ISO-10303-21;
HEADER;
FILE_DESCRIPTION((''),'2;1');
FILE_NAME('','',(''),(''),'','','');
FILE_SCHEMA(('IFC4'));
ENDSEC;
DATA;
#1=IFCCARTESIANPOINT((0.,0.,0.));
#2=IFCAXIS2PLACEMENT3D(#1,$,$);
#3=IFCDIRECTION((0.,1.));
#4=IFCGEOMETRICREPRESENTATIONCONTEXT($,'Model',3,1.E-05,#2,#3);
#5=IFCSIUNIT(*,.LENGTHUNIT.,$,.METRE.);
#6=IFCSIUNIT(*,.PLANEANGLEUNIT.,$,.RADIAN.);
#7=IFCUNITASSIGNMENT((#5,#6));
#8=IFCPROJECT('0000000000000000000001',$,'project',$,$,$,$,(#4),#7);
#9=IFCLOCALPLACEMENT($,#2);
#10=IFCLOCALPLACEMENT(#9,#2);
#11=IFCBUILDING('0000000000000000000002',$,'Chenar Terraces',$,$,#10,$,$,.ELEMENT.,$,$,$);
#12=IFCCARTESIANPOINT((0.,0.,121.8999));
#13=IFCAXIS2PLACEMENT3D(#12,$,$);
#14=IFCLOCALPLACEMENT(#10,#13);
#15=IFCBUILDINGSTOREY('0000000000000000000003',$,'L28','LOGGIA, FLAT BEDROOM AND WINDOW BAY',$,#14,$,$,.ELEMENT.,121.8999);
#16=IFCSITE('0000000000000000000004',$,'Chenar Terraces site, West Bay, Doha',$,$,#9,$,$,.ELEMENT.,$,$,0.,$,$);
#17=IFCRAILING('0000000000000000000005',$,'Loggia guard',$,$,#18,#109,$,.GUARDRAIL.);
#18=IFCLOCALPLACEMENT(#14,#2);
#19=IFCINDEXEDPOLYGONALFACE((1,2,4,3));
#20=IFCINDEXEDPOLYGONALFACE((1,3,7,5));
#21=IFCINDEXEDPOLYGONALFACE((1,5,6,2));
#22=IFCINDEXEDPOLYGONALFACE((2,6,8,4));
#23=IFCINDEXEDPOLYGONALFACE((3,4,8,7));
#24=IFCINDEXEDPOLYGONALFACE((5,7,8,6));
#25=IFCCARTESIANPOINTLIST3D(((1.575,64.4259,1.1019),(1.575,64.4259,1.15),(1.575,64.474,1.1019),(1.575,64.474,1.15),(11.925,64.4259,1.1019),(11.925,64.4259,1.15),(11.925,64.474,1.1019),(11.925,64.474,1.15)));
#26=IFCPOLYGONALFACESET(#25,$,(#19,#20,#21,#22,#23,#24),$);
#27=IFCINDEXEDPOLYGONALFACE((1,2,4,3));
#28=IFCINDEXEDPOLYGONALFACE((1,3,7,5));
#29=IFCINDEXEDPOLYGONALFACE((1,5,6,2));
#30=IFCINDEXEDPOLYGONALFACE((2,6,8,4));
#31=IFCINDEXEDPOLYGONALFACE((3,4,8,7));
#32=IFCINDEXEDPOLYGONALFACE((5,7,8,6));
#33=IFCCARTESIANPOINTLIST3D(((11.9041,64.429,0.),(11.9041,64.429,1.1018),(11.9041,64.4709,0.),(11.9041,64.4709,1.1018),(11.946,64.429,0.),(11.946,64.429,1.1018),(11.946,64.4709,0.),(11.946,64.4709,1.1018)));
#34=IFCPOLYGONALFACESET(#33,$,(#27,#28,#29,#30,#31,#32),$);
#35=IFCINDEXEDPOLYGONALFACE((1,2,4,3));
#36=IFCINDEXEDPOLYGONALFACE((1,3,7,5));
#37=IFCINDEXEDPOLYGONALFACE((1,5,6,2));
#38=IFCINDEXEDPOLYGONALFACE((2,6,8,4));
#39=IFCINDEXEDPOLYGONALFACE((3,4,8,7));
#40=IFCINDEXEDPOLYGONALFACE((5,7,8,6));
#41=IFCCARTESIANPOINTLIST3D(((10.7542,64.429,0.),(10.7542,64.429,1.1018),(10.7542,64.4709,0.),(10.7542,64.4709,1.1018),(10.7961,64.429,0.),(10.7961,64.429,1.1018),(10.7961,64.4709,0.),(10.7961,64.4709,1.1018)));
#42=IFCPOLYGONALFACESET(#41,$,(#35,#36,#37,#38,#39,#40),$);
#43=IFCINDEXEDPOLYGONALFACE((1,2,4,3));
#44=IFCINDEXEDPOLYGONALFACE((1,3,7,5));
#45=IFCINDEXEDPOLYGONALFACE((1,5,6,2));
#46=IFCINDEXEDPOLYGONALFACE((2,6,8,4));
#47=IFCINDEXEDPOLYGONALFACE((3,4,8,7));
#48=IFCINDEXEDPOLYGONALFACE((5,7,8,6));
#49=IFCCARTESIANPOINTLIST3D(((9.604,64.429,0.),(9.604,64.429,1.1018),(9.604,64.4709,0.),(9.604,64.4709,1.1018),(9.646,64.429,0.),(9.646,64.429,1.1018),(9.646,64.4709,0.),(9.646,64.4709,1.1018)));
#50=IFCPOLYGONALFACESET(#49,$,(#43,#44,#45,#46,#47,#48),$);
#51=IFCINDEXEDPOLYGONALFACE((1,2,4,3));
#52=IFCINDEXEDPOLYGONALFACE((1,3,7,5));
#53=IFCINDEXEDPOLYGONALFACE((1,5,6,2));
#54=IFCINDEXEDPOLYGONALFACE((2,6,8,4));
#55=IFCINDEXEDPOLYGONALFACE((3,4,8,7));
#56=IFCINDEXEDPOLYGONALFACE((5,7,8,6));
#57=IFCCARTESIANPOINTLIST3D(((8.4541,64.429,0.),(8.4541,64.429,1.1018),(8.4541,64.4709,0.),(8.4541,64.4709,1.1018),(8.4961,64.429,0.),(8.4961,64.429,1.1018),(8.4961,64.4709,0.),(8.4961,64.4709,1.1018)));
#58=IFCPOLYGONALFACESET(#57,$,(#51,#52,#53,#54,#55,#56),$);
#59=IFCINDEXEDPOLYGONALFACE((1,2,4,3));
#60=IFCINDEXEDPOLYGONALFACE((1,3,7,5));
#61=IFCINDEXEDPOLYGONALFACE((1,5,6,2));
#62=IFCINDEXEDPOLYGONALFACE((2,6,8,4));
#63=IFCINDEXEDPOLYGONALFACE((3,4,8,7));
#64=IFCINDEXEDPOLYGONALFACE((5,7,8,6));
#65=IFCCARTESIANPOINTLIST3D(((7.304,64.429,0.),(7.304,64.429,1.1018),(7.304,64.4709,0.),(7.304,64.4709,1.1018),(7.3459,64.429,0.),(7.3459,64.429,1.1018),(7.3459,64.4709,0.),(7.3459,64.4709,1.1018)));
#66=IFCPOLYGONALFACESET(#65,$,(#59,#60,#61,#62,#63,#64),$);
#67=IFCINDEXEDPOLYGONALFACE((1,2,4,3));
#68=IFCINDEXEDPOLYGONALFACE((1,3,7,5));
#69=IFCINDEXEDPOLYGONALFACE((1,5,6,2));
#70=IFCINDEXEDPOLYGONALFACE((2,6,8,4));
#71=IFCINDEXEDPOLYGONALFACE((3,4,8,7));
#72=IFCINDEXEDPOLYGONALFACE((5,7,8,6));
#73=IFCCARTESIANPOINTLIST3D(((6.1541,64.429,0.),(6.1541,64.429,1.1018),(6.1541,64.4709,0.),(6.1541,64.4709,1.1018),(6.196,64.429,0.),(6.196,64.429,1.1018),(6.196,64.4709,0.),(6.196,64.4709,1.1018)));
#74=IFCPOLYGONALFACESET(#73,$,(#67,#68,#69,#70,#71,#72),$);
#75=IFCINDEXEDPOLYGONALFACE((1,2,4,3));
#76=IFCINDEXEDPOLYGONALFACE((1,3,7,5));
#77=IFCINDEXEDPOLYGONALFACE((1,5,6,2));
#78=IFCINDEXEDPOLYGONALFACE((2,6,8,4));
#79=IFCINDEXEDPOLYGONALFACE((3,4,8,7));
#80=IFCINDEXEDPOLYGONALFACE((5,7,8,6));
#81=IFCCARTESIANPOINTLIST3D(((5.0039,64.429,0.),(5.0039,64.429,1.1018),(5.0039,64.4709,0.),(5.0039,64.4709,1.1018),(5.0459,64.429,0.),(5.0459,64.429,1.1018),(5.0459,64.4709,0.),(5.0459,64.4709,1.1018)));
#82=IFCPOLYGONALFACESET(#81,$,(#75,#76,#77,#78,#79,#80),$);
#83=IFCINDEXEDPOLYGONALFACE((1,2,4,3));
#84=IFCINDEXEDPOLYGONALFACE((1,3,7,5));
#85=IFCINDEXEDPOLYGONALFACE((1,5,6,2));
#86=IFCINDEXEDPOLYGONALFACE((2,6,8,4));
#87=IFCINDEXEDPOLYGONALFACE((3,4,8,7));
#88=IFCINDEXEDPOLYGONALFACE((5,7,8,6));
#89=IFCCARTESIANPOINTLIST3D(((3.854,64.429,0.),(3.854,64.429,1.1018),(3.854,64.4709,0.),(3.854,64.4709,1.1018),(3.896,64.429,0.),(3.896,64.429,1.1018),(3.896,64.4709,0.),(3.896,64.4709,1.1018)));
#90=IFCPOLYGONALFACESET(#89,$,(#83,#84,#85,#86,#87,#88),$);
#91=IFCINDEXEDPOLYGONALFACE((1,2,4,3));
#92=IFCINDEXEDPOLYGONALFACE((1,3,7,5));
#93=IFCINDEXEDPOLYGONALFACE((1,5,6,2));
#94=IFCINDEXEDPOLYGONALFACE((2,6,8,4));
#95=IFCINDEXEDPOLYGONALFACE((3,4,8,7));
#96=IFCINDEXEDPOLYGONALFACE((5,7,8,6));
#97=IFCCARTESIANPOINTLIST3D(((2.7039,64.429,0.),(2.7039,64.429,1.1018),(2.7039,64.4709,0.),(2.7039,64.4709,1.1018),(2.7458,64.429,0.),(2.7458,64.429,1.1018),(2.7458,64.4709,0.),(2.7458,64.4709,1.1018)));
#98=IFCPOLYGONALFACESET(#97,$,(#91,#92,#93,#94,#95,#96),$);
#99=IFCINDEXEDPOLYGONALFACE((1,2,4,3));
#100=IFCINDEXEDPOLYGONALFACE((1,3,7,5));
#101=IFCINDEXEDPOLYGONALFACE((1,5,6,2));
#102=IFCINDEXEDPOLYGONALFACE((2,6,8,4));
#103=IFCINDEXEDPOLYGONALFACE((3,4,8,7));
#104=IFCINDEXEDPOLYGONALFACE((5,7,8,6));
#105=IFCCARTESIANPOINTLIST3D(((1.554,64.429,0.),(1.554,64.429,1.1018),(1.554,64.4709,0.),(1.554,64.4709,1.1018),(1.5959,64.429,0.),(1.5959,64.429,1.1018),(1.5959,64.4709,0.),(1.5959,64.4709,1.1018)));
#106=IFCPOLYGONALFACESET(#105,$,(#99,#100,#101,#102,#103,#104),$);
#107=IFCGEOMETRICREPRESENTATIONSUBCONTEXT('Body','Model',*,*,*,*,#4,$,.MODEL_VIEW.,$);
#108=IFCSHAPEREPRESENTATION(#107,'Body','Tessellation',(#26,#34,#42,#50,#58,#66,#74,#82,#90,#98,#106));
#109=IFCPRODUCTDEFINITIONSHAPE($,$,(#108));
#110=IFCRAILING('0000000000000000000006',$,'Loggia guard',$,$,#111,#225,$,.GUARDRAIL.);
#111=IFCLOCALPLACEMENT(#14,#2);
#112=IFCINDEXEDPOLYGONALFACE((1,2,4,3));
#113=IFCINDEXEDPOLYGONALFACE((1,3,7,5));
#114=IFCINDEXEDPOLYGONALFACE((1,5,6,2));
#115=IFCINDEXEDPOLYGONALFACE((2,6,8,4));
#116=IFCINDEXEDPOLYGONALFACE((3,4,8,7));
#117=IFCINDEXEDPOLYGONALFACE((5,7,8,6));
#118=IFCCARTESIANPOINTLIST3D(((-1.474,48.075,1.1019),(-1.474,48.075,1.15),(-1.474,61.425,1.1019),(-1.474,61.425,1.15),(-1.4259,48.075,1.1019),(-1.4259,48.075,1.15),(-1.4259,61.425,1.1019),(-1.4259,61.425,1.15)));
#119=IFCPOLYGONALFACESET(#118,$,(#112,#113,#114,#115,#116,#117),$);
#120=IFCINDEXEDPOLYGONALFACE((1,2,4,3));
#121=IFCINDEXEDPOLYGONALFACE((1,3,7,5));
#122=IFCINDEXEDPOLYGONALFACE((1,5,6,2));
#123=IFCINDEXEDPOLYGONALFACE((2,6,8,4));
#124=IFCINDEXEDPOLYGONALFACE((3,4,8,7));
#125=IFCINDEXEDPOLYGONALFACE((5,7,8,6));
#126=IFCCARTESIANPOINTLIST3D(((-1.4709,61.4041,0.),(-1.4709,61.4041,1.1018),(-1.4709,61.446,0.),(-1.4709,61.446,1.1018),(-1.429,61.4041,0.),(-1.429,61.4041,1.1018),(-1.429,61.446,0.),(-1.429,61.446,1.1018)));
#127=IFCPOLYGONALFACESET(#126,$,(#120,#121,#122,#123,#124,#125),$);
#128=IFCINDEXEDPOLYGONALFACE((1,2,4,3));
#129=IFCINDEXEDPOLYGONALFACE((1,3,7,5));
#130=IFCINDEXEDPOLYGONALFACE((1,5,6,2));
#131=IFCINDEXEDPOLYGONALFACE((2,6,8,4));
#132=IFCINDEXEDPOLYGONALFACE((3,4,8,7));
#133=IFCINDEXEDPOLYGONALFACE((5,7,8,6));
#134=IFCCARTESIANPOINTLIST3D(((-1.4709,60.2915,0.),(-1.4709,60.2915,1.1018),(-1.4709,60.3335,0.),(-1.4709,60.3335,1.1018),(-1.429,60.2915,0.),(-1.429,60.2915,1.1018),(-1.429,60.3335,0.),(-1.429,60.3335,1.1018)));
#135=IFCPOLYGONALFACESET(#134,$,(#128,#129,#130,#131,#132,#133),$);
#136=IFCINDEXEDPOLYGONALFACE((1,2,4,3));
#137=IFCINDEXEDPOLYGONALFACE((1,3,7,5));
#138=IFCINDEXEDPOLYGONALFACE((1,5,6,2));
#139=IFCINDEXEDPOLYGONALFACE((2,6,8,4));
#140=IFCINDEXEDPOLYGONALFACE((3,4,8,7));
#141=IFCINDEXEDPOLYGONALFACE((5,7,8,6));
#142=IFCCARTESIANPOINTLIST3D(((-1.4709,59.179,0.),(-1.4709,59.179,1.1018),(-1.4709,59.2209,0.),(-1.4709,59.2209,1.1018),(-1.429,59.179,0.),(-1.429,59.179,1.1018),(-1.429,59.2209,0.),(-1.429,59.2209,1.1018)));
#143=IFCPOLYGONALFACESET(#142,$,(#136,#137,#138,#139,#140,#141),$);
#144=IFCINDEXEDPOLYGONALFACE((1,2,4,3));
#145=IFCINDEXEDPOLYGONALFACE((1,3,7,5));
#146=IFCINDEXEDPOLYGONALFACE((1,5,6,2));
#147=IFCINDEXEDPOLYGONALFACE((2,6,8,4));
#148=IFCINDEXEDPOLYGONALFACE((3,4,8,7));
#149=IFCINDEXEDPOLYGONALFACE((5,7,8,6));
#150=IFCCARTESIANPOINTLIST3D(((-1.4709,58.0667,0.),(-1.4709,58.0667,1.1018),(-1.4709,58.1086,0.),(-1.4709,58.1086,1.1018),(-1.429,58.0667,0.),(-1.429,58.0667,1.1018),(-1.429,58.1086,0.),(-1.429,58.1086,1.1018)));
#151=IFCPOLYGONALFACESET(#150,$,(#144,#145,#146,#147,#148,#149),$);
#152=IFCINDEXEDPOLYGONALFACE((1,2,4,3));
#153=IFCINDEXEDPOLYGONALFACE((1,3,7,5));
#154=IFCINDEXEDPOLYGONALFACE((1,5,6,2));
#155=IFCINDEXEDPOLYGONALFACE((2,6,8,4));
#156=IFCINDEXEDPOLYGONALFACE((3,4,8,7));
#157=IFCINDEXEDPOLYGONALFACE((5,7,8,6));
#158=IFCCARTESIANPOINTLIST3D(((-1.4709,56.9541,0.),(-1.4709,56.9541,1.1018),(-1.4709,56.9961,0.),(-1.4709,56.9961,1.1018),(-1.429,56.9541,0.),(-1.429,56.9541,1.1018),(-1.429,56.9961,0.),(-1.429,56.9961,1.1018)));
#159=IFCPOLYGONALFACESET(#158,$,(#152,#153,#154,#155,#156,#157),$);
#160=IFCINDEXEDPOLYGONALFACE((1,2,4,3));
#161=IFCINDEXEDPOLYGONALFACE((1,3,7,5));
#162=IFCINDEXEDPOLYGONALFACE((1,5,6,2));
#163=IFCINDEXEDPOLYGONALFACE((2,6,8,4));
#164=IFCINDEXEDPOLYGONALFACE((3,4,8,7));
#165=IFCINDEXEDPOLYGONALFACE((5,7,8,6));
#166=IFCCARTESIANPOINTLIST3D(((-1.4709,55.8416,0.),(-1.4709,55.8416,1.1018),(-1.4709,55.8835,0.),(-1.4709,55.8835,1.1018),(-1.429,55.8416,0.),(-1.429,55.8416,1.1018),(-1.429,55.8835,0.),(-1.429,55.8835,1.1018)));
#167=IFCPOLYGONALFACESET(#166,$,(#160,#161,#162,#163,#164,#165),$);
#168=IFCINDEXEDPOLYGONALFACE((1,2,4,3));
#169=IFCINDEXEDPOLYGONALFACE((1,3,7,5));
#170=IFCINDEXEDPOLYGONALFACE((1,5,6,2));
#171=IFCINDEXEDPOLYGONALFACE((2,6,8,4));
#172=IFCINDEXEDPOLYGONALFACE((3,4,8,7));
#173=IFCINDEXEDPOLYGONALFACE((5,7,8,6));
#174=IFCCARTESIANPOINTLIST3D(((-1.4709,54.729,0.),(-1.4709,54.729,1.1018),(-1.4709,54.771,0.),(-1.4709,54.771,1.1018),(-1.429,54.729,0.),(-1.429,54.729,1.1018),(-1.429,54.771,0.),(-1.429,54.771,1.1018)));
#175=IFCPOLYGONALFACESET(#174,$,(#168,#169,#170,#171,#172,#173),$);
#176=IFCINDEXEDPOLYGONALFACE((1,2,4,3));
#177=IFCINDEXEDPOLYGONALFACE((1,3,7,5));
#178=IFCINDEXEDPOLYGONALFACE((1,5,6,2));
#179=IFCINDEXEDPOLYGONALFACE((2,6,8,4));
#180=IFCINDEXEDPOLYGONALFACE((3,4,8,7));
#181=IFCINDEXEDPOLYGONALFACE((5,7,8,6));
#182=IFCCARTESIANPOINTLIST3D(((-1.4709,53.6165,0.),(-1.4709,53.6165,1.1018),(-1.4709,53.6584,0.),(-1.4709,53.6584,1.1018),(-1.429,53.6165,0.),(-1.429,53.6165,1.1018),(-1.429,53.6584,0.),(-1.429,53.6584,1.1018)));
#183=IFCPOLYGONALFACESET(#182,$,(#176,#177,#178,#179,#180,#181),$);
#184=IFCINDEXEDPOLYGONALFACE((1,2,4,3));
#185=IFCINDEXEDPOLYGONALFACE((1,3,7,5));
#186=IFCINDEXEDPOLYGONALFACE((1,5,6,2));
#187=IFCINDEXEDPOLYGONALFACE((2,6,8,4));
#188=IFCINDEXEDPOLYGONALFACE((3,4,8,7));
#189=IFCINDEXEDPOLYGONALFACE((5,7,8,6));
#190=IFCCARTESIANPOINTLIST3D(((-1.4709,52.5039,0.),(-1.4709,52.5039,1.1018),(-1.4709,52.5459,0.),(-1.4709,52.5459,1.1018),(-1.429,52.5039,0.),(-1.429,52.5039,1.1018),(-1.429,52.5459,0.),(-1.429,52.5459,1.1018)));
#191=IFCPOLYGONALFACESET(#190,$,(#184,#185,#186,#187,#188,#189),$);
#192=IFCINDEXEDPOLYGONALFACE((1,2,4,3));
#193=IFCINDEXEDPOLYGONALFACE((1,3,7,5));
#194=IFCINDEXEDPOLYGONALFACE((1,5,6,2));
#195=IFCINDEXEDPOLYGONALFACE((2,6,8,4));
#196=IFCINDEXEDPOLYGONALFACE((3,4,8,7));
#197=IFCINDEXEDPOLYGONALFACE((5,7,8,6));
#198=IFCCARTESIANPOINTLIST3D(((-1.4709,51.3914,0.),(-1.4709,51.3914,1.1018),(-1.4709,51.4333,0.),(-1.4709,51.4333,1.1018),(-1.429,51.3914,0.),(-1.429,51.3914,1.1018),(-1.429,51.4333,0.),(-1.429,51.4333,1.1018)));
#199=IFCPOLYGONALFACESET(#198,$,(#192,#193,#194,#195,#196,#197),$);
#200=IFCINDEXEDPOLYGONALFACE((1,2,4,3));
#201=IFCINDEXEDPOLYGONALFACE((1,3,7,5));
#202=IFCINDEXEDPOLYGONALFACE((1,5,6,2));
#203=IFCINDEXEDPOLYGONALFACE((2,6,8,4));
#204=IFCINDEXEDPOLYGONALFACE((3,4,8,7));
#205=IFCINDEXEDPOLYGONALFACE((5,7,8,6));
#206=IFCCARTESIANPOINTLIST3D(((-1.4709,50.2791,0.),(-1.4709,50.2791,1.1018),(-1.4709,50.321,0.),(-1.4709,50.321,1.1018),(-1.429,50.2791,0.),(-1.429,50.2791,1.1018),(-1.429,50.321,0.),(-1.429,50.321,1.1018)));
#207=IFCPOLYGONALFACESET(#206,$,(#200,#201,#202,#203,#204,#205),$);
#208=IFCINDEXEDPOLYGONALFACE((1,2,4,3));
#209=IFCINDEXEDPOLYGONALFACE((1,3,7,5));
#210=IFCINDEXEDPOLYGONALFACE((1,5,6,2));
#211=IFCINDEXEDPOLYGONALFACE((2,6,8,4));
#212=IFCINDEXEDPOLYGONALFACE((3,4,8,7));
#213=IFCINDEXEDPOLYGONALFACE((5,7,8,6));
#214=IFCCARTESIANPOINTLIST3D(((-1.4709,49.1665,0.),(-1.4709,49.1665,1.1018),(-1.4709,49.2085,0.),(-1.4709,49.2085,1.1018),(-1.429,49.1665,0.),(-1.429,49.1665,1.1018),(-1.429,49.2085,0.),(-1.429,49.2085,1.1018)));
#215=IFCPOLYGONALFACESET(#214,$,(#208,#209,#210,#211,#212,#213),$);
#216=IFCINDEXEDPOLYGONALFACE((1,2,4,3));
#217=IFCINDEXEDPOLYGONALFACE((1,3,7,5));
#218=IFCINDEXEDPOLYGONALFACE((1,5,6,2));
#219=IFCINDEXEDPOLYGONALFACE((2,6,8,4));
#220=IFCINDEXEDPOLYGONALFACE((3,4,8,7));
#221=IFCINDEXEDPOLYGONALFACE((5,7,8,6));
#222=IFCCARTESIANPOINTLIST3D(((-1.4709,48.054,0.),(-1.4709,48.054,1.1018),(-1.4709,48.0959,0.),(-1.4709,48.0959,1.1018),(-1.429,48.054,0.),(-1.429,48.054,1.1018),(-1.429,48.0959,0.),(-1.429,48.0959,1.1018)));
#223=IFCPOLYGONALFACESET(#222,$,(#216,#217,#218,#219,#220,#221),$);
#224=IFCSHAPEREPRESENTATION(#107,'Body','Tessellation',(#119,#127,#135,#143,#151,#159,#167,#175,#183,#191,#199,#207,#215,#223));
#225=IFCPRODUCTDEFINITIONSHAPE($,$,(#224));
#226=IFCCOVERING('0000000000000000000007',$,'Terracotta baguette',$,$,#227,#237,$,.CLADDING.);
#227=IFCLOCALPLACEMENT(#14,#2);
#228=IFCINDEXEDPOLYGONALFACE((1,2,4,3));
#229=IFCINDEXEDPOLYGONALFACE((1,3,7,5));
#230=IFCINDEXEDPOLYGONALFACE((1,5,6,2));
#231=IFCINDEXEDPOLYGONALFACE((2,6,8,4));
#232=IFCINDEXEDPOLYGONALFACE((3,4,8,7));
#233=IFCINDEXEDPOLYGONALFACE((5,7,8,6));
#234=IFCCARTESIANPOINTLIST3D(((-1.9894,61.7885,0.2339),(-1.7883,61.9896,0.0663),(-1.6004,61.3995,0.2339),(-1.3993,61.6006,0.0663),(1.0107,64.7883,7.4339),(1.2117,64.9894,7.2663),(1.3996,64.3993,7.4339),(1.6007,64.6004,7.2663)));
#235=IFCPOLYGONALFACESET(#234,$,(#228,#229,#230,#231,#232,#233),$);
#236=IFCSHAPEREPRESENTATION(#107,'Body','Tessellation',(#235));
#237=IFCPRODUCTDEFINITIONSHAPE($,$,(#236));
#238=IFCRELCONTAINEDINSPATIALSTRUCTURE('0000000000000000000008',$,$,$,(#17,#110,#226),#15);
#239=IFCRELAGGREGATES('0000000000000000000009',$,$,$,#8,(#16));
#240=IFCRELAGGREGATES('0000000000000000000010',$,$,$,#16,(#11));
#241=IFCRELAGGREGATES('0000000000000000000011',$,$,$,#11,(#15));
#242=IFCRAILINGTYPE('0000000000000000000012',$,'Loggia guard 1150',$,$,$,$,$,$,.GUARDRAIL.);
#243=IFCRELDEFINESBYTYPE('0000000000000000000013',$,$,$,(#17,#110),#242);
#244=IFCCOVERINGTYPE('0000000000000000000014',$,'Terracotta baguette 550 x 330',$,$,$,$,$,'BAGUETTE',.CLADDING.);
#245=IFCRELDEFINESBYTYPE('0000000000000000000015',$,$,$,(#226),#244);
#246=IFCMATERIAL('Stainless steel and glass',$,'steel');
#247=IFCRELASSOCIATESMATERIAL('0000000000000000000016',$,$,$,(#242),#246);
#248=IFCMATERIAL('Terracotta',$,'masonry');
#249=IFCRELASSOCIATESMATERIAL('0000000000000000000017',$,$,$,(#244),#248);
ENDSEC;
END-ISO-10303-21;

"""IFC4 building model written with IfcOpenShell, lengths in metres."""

from ifc_helpers import new_model, si_unit, direction, frame, origin, origin_2d, place, context, subcontext, project, spatial, rectangle, extrude, material, material_profile, profile_set, type_object, element, save


model = new_model("IFC4")

# Units and contexts
model_context = context("Model", 3, precision=1e-05, world=origin(), true_north=direction((0.0, 1.0)))
body_context = subcontext(model_context, "Body", "Model", "MODEL_VIEW")
ifc_project = project(units=[si_unit("LENGTHUNIT", "METRE"), si_unit("PLANEANGLEUNIT", "RADIAN")], contexts=[model_context])

# Site, building, storey
site_placement = place(None, origin())
site = spatial("IfcSite", under=ifc_project, at=site_placement, Name="Chenar Terraces site, West Bay, Doha", CompositionType="ELEMENT", RefElevation=0.0)
building_placement = place(site_placement, origin())
building = spatial("IfcBuilding", under=site, at=building_placement, Name="Chenar Terraces", CompositionType="ELEMENT")
storey_placement = place(building_placement, frame((0.0, 0.0, 121.8999)))
storey = spatial("IfcBuildingStorey", under=building, at=storey_placement, Name="L28", Description="LOGGIA, FLAT BEDROOM AND WINDOW BAY", CompositionType="ELEMENT", Elevation=121.8999)

# Railings
ifc_material_1 = material(Name="Stainless steel and glass", Category="steel")
railing_type = type_object("IfcRailingType", Name="Loggia guard 1150", PredefinedType="GUARDRAIL", material=ifc_material_1)
railing_1_placement = place(storey_placement, frame((11.925, 64.45, 0.0)))
element("IfcRailing", 1, at=railing_1_placement, inside=storey, type_object=railing_type, Name="Loggia guard", PredefinedType="GUARDRAIL", context=body_context, shape_type="SweptSolid", body=[
    extrude(rectangle(XDim=0.0481, YDim=0.0481, at=origin_2d()), frame((0.0, 0.0, 1.126), z_axis=(-1.0, 0.0, 0.0), x_axis=(0.0, -1.0, 0.0)), (0.0, 0.0, 1.0), 10.3501),
    extrude(rectangle(XDim=0.042, YDim=0.042, at=origin_2d()), origin(), (0.0, 0.0, 1.0), 1.1018),
    extrude(rectangle(XDim=0.042, YDim=0.042, at=origin_2d()), frame((-1.1499, 0.0, 0.0)), (0.0, 0.0, 1.0), 1.1018),
    extrude(rectangle(XDim=0.042, YDim=0.042, at=origin_2d()), frame((-2.3, 0.0, 0.0)), (0.0, 0.0, 1.0), 1.1018),
    extrude(rectangle(XDim=0.042, YDim=0.042, at=origin_2d()), frame((-3.45, 0.0, 0.0)), (0.0, 0.0, 1.0), 1.1018),
    extrude(rectangle(XDim=0.042, YDim=0.042, at=origin_2d()), frame((-4.6001, 0.0, 0.0)), (0.0, 0.0, 1.0), 1.1018),
    extrude(rectangle(XDim=0.042, YDim=0.042, at=origin_2d()), frame((-5.75, 0.0, 0.0)), (0.0, 0.0, 1.0), 1.1018),
    extrude(rectangle(XDim=0.042, YDim=0.042, at=origin_2d()), frame((-6.9001, 0.0, 0.0)), (0.0, 0.0, 1.0), 1.1018),
    extrude(rectangle(XDim=0.042, YDim=0.042, at=origin_2d()), frame((-8.05, 0.0, 0.0)), (0.0, 0.0, 1.0), 1.1018),
    extrude(rectangle(XDim=0.042, YDim=0.042, at=origin_2d()), frame((-9.2002, 0.0, 0.0)), (0.0, 0.0, 1.0), 1.1018),
    extrude(rectangle(XDim=0.042, YDim=0.042, at=origin_2d()), frame((-10.3501, 0.0, 0.0)), (0.0, 0.0, 1.0), 1.1018),
])
railing_2_placement = place(storey_placement, frame((-1.45, 61.425, 0.0)))
element("IfcRailing", 2, at=railing_2_placement, inside=storey, type_object=railing_type, Name="Loggia guard", PredefinedType="GUARDRAIL", context=body_context, shape_type="SweptSolid", body=[
    extrude(rectangle(XDim=0.0481, YDim=0.0481, at=origin_2d()), frame((0.0, 0.0, 1.126), z_axis=(0.0, -1.0, 0.0), x_axis=(1.0, 0.0, 0.0)), (0.0, 0.0, 1.0), 13.3501),
    extrude(rectangle(XDim=0.042, YDim=0.042, at=origin_2d()), origin(), (0.0, 0.0, 1.0), 1.1018),
    extrude(rectangle(XDim=0.042, YDim=0.042, at=origin_2d()), frame((0.0, -1.1125, 0.0)), (0.0, 0.0, 1.0), 1.1018),
    extrude(rectangle(XDim=0.042, YDim=0.042, at=origin_2d()), frame((0.0, -2.2251, 0.0)), (0.0, 0.0, 1.0), 1.1018),
    extrude(rectangle(XDim=0.042, YDim=0.042, at=origin_2d()), frame((0.0, -3.3374, 0.0)), (0.0, 0.0, 1.0), 1.1018),
    extrude(rectangle(XDim=0.042, YDim=0.042, at=origin_2d()), frame((0.0, -4.45, 0.0)), (0.0, 0.0, 1.0), 1.1018),
    extrude(rectangle(XDim=0.042, YDim=0.042, at=origin_2d()), frame((0.0, -5.5625, 0.0)), (0.0, 0.0, 1.0), 1.1018),
    extrude(rectangle(XDim=0.042, YDim=0.042, at=origin_2d()), frame((0.0, -6.675, 0.0)), (0.0, 0.0, 1.0), 1.1018),
    extrude(rectangle(XDim=0.042, YDim=0.042, at=origin_2d()), frame((0.0, -7.7876, 0.0)), (0.0, 0.0, 1.0), 1.1018),
    extrude(rectangle(XDim=0.042, YDim=0.042, at=origin_2d()), frame((0.0, -8.9001, 0.0)), (0.0, 0.0, 1.0), 1.1018),
    extrude(rectangle(XDim=0.042, YDim=0.042, at=origin_2d()), frame((0.0, -10.0127, 0.0)), (0.0, 0.0, 1.0), 1.1018),
    extrude(rectangle(XDim=0.042, YDim=0.042, at=origin_2d()), frame((0.0, -11.125, 0.0)), (0.0, 0.0, 1.0), 1.1018),
    extrude(rectangle(XDim=0.042, YDim=0.042, at=origin_2d()), frame((0.0, -12.2375, 0.0)), (0.0, 0.0, 1.0), 1.1018),
    extrude(rectangle(XDim=0.042, YDim=0.042, at=origin_2d()), frame((0.0, -13.3501, 0.0)), (0.0, 0.0, 1.0), 1.1018),
])

# Covering
ifc_material_2 = material(Name="Terracotta", Category="masonry")
ifc_material_profile_1 = material_profile(ifc_material_2, rectangle(XDim=0.55, YDim=0.3301, at=origin_2d()), Name="Terracotta baguette 550 x 330")
ifc_profile_set_1 = profile_set([ifc_material_profile_1], Name="Terracotta")
covering_type = type_object("IfcCoveringType", Name="Terracotta baguette 550 x 330", ElementType="BAGUETTE", PredefinedType="CLADDING", material=ifc_profile_set_1)
covering_placement = place(storey_placement, frame((1.3057, 64.6943, 7.3501), z_axis=(-0.358985, -0.358955, -0.861557), x_axis=(0.707078, -0.707136, 0.0)))
element("IfcCovering", 3, at=covering_placement, inside=storey, type_object=covering_type, Name="Terracotta baguette", PredefinedType="CLADDING", context=body_context, shape_type="SweptSolid", body=[
    extrude(rectangle(XDim=0.55, YDim=0.3301, at=origin_2d()), origin(), (0.0, 0.0, 1.0), 8.3569),
])

save(model, "model.ifc")
